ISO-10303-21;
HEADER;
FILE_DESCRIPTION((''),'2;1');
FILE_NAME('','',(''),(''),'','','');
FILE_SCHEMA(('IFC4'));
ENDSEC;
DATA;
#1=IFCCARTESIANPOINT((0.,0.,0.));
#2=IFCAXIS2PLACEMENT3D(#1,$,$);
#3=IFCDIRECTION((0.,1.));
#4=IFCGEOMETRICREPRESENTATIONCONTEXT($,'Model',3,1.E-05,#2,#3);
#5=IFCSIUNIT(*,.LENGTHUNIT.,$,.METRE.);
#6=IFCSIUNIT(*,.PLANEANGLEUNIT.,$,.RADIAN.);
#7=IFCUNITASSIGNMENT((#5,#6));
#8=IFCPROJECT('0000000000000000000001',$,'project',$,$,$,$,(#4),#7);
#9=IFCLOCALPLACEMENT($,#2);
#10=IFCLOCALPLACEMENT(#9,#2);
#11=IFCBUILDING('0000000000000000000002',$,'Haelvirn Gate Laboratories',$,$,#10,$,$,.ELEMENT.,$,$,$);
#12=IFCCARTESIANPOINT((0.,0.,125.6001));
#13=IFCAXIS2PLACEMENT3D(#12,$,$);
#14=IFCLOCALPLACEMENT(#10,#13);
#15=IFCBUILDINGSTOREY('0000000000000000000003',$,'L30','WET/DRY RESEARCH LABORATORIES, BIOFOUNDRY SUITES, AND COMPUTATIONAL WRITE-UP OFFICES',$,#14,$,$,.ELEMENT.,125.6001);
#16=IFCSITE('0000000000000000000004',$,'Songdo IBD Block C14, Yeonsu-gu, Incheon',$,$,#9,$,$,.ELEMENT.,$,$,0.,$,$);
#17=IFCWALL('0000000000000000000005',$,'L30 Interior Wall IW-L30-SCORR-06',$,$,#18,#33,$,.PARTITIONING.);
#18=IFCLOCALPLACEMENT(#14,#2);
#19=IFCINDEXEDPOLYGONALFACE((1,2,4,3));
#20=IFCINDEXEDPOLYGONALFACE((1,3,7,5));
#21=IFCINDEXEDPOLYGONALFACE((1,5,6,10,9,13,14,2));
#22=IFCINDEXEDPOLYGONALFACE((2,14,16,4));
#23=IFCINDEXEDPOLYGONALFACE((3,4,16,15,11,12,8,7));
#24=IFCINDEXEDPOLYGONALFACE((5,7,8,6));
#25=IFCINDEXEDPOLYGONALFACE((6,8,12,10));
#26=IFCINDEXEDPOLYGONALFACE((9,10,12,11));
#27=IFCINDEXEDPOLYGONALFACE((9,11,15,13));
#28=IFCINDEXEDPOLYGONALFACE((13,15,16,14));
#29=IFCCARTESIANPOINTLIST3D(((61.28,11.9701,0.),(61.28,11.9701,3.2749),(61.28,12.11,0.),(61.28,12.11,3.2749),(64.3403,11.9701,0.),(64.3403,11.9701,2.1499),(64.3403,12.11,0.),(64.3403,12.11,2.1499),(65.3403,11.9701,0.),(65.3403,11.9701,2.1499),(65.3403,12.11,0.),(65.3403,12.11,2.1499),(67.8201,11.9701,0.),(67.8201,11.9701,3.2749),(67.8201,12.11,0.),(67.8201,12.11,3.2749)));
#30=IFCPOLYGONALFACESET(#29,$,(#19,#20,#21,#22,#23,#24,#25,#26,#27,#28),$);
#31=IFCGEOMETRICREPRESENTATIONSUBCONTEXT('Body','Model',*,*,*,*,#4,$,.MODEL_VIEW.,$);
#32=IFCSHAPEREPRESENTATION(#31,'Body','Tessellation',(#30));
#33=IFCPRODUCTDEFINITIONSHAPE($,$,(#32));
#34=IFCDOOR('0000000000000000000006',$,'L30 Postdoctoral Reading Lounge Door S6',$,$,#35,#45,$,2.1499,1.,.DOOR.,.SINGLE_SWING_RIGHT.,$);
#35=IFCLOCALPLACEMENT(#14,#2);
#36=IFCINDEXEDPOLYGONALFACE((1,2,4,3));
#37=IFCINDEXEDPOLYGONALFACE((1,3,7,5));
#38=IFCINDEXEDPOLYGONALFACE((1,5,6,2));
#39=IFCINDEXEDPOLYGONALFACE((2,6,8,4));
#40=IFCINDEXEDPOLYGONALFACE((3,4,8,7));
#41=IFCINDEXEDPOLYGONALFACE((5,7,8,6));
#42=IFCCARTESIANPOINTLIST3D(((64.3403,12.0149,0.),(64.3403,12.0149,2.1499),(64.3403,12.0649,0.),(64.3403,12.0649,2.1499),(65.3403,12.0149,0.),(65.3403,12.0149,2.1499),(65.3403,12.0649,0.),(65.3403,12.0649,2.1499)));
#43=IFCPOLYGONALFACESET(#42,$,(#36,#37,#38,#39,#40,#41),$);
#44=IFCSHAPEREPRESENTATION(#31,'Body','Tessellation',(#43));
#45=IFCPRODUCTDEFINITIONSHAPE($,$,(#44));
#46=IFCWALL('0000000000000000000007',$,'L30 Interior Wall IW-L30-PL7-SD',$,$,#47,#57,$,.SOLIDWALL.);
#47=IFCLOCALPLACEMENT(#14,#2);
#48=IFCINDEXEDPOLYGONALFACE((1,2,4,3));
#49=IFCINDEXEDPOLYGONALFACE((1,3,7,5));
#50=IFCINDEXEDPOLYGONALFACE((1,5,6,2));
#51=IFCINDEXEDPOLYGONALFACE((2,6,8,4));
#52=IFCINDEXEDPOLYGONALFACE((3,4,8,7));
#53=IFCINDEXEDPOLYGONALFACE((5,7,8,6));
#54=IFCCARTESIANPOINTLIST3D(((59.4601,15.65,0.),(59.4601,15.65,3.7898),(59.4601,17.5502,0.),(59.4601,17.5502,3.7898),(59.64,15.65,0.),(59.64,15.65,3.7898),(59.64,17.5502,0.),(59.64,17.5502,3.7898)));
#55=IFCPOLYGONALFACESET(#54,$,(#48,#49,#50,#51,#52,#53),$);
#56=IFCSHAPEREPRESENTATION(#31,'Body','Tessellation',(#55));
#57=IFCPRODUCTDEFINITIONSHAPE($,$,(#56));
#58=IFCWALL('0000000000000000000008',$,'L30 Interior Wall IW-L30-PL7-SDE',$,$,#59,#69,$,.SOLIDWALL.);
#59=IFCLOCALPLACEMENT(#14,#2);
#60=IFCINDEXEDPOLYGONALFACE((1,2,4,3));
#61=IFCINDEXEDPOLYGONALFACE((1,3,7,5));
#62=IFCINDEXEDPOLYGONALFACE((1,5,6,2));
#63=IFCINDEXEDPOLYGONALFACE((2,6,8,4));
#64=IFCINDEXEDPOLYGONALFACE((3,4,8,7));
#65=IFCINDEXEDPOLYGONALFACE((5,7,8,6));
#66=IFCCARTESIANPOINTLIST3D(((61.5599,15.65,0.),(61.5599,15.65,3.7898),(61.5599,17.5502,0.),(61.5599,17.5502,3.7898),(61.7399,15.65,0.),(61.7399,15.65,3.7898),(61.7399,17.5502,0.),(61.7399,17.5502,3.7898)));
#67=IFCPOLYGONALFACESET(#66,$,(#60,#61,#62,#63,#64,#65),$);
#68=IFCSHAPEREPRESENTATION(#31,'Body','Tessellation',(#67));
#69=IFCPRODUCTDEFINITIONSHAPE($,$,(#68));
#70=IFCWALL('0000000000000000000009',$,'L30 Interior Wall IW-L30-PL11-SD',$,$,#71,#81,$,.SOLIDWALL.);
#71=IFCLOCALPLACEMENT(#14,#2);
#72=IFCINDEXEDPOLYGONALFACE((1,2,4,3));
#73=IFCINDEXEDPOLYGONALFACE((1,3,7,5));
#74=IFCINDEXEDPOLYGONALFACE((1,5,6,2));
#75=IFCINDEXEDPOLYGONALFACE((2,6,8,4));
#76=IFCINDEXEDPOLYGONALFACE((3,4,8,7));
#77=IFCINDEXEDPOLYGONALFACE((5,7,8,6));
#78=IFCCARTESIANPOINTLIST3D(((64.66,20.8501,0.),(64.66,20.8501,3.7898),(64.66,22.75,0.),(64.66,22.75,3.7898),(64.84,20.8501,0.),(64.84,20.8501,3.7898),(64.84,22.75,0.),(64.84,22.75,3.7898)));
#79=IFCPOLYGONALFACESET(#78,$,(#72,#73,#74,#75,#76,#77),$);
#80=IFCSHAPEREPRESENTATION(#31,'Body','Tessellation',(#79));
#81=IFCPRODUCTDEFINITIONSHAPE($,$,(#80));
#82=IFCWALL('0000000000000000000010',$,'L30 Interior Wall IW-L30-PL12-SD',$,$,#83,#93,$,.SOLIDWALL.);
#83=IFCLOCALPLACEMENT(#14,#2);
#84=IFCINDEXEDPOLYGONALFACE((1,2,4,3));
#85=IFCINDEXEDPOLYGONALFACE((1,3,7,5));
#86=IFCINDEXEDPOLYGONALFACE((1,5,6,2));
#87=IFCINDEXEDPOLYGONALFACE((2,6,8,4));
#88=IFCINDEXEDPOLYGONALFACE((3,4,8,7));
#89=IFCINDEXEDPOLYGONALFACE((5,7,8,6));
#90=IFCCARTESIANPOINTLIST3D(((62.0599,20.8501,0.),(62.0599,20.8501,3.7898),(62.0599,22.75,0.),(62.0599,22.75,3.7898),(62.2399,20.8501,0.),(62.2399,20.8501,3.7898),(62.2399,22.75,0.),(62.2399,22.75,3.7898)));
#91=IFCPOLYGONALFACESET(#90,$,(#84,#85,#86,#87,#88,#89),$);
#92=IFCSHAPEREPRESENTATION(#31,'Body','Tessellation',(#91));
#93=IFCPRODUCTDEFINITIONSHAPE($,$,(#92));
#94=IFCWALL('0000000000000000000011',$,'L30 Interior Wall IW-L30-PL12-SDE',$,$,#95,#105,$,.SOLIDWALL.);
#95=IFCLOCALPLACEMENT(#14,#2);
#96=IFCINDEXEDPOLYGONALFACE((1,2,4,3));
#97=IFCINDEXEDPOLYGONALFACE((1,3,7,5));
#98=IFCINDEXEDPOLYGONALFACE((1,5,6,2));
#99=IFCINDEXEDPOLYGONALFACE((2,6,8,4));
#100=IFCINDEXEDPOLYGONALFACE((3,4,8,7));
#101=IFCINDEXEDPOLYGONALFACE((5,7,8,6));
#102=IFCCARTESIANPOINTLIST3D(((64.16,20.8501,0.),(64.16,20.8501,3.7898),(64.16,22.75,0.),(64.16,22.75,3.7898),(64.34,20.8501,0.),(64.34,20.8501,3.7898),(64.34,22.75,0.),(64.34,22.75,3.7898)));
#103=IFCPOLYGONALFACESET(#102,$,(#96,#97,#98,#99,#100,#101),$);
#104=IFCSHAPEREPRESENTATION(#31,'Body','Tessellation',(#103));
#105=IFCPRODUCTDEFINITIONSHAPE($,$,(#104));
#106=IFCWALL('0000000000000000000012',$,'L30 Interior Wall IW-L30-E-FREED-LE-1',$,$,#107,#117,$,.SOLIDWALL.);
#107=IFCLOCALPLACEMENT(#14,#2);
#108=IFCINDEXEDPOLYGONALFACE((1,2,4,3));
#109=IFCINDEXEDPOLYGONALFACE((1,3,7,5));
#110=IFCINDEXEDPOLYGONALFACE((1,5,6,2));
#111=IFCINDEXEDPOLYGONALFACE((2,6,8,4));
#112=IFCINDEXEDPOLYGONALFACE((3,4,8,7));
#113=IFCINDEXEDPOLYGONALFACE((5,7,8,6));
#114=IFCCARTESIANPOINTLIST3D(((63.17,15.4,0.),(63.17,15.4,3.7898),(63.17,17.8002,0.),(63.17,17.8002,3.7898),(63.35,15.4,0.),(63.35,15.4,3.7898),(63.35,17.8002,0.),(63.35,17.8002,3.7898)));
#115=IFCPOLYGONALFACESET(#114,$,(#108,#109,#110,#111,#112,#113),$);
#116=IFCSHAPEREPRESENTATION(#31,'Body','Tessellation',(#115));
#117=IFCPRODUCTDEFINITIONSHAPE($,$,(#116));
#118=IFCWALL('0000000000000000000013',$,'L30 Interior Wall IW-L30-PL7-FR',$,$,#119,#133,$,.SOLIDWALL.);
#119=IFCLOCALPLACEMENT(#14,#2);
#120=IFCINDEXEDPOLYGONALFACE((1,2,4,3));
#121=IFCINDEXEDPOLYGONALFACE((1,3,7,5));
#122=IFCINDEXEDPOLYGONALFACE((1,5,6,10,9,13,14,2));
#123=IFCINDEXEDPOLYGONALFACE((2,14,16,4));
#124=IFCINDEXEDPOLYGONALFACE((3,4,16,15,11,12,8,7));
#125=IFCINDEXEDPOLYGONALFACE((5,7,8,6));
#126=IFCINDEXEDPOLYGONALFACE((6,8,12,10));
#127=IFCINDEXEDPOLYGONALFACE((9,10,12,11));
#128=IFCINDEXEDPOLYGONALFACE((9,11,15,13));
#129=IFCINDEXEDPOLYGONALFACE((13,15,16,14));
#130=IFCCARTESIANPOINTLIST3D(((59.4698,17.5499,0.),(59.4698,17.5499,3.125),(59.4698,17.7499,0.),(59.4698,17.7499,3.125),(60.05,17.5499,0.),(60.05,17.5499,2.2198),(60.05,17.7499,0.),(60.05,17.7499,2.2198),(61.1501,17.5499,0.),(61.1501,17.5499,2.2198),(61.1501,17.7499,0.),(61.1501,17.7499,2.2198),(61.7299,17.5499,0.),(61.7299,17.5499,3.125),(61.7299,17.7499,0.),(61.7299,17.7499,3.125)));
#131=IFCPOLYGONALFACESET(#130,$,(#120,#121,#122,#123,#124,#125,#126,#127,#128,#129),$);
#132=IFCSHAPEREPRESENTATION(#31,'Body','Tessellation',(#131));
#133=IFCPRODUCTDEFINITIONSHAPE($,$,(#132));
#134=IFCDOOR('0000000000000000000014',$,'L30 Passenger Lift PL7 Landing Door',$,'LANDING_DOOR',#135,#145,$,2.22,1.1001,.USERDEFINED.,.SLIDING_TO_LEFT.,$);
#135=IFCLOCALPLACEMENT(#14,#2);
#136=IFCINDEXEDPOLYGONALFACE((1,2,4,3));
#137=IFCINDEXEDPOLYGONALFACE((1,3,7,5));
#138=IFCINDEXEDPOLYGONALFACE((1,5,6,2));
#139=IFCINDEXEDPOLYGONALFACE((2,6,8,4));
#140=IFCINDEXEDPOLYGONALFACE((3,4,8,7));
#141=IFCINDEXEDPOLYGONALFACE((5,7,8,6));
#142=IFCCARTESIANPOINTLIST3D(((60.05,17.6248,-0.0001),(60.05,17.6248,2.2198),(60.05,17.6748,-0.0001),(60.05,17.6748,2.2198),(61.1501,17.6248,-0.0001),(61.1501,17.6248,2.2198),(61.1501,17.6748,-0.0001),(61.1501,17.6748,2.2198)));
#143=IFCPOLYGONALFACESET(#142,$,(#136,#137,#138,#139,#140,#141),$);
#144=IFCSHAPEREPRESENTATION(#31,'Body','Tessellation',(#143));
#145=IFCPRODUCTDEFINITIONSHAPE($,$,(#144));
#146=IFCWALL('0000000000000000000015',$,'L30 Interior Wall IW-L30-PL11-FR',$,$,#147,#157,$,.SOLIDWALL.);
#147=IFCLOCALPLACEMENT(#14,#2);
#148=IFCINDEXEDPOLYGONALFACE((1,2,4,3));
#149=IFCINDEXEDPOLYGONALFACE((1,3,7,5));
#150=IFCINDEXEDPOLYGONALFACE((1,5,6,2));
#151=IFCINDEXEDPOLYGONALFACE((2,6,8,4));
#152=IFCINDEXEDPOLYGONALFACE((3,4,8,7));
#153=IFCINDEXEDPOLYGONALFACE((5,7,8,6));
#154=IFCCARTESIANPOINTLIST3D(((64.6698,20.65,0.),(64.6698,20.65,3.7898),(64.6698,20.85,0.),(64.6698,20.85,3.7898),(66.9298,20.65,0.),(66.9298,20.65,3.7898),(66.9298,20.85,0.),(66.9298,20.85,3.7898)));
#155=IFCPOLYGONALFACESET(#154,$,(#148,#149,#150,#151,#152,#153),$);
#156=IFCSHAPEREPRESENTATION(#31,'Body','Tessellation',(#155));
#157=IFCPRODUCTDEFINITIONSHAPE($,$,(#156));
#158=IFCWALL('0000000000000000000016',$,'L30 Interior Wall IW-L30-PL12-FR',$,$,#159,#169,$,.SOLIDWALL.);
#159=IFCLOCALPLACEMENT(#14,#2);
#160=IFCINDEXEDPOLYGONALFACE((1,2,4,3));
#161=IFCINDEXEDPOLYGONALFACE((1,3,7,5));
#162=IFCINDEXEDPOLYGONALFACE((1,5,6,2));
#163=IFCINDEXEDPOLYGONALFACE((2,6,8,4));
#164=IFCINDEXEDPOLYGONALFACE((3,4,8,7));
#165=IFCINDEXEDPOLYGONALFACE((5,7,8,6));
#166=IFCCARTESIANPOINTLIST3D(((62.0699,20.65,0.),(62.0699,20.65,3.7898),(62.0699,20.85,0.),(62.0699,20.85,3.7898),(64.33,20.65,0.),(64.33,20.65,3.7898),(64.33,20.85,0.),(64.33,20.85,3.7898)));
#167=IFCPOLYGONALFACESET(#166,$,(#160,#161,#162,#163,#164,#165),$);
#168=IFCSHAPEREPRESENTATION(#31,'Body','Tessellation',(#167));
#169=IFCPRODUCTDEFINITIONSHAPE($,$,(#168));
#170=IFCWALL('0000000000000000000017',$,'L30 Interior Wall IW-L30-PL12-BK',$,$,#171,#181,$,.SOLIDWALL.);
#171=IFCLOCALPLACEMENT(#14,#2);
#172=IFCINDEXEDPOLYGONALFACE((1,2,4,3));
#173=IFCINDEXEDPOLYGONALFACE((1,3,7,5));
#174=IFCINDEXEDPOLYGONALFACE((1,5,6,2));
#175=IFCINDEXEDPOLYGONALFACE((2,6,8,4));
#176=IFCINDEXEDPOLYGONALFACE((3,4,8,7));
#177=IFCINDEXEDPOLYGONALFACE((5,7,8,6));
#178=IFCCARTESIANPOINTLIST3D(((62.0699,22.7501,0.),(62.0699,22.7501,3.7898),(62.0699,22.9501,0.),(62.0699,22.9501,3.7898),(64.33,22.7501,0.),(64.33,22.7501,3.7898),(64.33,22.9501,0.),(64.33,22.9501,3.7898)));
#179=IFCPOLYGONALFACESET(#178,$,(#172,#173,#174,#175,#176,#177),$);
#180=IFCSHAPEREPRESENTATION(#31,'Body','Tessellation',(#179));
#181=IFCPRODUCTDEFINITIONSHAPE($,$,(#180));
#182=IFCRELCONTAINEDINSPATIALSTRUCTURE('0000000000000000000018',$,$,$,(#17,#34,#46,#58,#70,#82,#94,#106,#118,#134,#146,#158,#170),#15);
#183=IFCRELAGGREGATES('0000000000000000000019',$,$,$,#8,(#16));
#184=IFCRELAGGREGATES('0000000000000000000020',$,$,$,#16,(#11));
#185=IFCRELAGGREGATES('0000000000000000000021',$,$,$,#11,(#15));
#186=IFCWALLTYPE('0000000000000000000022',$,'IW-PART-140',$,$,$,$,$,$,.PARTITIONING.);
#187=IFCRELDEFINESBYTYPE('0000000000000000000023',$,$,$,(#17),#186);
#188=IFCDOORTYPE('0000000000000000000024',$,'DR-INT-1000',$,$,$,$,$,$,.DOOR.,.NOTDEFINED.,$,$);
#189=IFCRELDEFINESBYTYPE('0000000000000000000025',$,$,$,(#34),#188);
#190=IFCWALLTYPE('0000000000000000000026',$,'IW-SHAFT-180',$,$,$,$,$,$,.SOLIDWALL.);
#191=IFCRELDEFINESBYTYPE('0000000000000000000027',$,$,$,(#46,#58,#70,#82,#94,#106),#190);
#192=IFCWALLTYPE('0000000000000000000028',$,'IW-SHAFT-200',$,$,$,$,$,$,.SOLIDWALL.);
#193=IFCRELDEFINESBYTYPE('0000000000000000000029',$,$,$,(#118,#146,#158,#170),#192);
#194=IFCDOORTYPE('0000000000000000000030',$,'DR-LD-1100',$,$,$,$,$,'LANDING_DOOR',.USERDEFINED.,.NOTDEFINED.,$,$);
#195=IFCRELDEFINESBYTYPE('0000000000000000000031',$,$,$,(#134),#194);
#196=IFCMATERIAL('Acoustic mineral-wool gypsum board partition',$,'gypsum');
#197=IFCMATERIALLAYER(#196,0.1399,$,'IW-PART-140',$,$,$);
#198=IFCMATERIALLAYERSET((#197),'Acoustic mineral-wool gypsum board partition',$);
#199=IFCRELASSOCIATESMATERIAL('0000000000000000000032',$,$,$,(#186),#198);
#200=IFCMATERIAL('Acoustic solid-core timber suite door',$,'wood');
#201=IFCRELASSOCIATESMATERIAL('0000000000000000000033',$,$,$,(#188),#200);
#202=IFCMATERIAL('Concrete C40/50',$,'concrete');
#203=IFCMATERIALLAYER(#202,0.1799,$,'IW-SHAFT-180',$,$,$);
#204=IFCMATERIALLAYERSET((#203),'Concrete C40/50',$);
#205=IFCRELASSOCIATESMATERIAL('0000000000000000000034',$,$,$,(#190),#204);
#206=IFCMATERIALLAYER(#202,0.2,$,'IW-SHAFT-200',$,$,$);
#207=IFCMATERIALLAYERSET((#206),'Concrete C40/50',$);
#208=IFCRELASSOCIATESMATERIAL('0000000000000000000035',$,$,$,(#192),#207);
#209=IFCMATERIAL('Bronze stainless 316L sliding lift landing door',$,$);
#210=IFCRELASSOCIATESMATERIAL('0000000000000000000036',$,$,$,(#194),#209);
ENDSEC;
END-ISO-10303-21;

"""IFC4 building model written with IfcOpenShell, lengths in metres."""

from ifc_helpers import new_model, si_unit, direction, frame, frame_2d, origin, place, context, subcontext, project, spatial, rectangle, extrude, source, transform, mapped, material, layer, layer_set, type_object, type_shapes, element, fill, save


model = new_model("IFC4")

# Units and contexts
model_context = context("Model", 3, precision=1e-05, world=origin(), true_north=direction((0.0, 1.0)))
body_context = subcontext(model_context, "Body", "Model", "MODEL_VIEW")
ifc_project = project(units=[si_unit("LENGTHUNIT", "METRE"), si_unit("PLANEANGLEUNIT", "RADIAN")], contexts=[model_context])

# Site, building, storey
site_placement = place(None, origin())
site = spatial("IfcSite", under=ifc_project, at=site_placement, Name="Songdo IBD Block C14, Yeonsu-gu, Incheon", CompositionType="ELEMENT", RefElevation=0.0)
building_placement = place(site_placement, origin())
building = spatial("IfcBuilding", under=site, at=building_placement, Name="Haelvirn Gate Laboratories", CompositionType="ELEMENT")
storey_placement = place(building_placement, frame((0.0, 0.0, 125.6001)))
storey = spatial("IfcBuildingStorey", under=building, at=storey_placement, Name="L30", Description="WET/DRY RESEARCH LABORATORIES, BIOFOUNDRY SUITES, AND COMPUTATIONAL WRITE-UP OFFICES", CompositionType="ELEMENT", Elevation=125.6001)

# Wall, opening, door
ifc_material_1 = material(Name="Acoustic mineral-wool gypsum board partition", Category="gypsum")
ifc_layer_1 = layer(ifc_material_1, 0.1399, Name="IW-PART-140")
ifc_layer_set_1 = layer_set([ifc_layer_1], Name="Acoustic mineral-wool gypsum board partition")
wall_type_1 = type_object("IfcWallType", Name="IW-PART-140", PredefinedType="PARTITIONING", material=ifc_layer_set_1)
wall_1_placement = place(storey_placement, frame((61.28, 12.04, 0.0), z_axis=(0.0, 0.0, 1.0), x_axis=(1.0, 0.0, 0.0)))
wall_1 = element("IfcWall", 1, at=wall_1_placement, inside=storey, type_object=wall_type_1, Name="L30 Interior Wall IW-L30-SCORR-06", PredefinedType="PARTITIONING", context=body_context, shape_type="SweptSolid", body=[
    extrude(rectangle(XDim=6.54, YDim=0.1399, at=frame_2d((3.27, 0.0))), origin(), (0.0, 0.0, 1.0), 3.2749),
])
opening_1_placement = place(wall_1_placement, frame((3.0603, 0.0, 0.0)))
opening_1 = element("IfcOpeningElement", 2, at=opening_1_placement, cuts=wall_1, PredefinedType="OPENING", context=body_context, shape_type="SweptSolid", body=[
    extrude(rectangle(XDim=1.0, YDim=2.1499, at=frame_2d((0.5, 1.075))), frame((0.0, 0.0801, 0.0), z_axis=(0.0, -1.0, 0.0), x_axis=(1.0, 0.0, 0.0)), (0.0, 0.0, 1.0), 0.1599),
])
ifc_material_2 = material(Name="Acoustic solid-core timber suite door", Category="wood")
door_type_1 = type_object("IfcDoorType", Name="DR-INT-1000", OperationType="NOTDEFINED", PredefinedType="DOOR", material=ifc_material_2)
shared_shape_1 = source(origin(), body_context, "Body", "SweptSolid", [
    extrude(rectangle(XDim=1.0, YDim=2.1499, at=frame_2d((0.5, 1.075))), frame((0.0, 0.0249, 0.0), z_axis=(0.0, -1.0, 0.0), x_axis=(1.0, 0.0, 0.0)), (0.0, 0.0, 1.0), 0.05),
])
type_shapes(door_type_1, [shared_shape_1])
door_1_placement = place(opening_1_placement, origin())
door_1 = element("IfcDoor", 3, at=door_1_placement, inside=storey, type_object=door_type_1, Name="L30 Postdoctoral Reading Lounge Door S6", OperationType="SINGLE_SWING_RIGHT", OverallHeight=2.1499, OverallWidth=1.0, PredefinedType="DOOR", context=body_context, shape_type="MappedRepresentation", body=[
    mapped(shared_shape_1, transform((0.0, 0.0, 0.0), scale=1.0)),
])
fill(opening_1, door_1)

# Walls
ifc_material_3 = material(Name="Concrete C40/50", Category="concrete")
ifc_layer_2 = layer(ifc_material_3, 0.1799, Name="IW-SHAFT-180")
ifc_layer_set_2 = layer_set([ifc_layer_2], Name="Concrete C40/50")
wall_type_2 = type_object("IfcWallType", Name="IW-SHAFT-180", PredefinedType="SOLIDWALL", material=ifc_layer_set_2)
for number, where, z_axis, x_axis, name in (
    (4, (59.55, 15.6499, 0.0), (0.0, 0.0, 1.0), (0.0, 1.0, 0.0), "L30 Interior Wall IW-L30-PL7-SD"),
    (5, (61.6499, 15.6499, 0.0), (0.0, 0.0, 1.0), (0.0, 1.0, 0.0), "L30 Interior Wall IW-L30-PL7-SDE"),
):
    element("IfcWall", number, at=place(storey_placement, frame(where, z_axis=z_axis, x_axis=x_axis)), inside=storey, type_object=wall_type_2, Name=name, PredefinedType="SOLIDWALL", context=body_context, shape_type="SweptSolid", body=[
        extrude(rectangle(XDim=1.9001, YDim=0.1799, at=frame_2d((0.9502, 0.0))), origin(), (0.0, 0.0, 1.0), 3.7898),
    ])
for number, where, z_axis, x_axis, name in (
    (6, (64.75, 20.8501, 0.0), (0.0, 0.0, 1.0), (0.0, 1.0, 0.0), "L30 Interior Wall IW-L30-PL11-SD"),
    (7, (62.1499, 20.8501, 0.0), (0.0, 0.0, 1.0), (0.0, 1.0, 0.0), "L30 Interior Wall IW-L30-PL12-SD"),
    (8, (64.25, 20.8501, 0.0), (0.0, 0.0, 1.0), (0.0, 1.0, 0.0), "L30 Interior Wall IW-L30-PL12-SDE"),
):
    element("IfcWall", number, at=place(storey_placement, frame(where, z_axis=z_axis, x_axis=x_axis)), inside=storey, type_object=wall_type_2, Name=name, PredefinedType="SOLIDWALL", context=body_context, shape_type="SweptSolid", body=[
        extrude(rectangle(XDim=1.8999, YDim=0.1799, at=frame_2d((0.95, 0.0))), origin(), (0.0, 0.0, 1.0), 3.7898),
    ])

# Wall
wall_2_placement = place(storey_placement, frame((63.26, 15.3999, 0.0), z_axis=(0.0, 0.0, 1.0), x_axis=(0.0, 1.0, 0.0)))
element("IfcWall", 9, at=wall_2_placement, inside=storey, type_object=wall_type_2, Name="L30 Interior Wall IW-L30-E-FREED-LE-1", PredefinedType="SOLIDWALL", context=body_context, shape_type="SweptSolid", body=[
    extrude(rectangle(XDim=2.4001, YDim=0.1799, at=frame_2d((1.2002, 0.0))), origin(), (0.0, 0.0, 1.0), 3.7898),
])

# Wall, opening, door
ifc_layer_3 = layer(ifc_material_3, 0.2, Name="IW-SHAFT-200")
ifc_layer_set_3 = layer_set([ifc_layer_3], Name="Concrete C40/50")
wall_type_3 = type_object("IfcWallType", Name="IW-SHAFT-200", PredefinedType="SOLIDWALL", material=ifc_layer_set_3)
wall_3_placement = place(storey_placement, frame((59.47, 17.6499, 0.0), z_axis=(0.0, 0.0, 1.0), x_axis=(1.0, 0.0, 0.0)))
wall_3 = element("IfcWall", 10, at=wall_3_placement, inside=storey, type_object=wall_type_3, Name="L30 Interior Wall IW-L30-PL7-FR", PredefinedType="SOLIDWALL", context=body_context, shape_type="SweptSolid", body=[
    extrude(rectangle(XDim=2.26, YDim=0.2, at=frame_2d((1.1299, 0.0))), origin(), (0.0, 0.0, 1.0), 3.125),
])
opening_2_placement = place(wall_3_placement, frame((0.5801, 0.0, 0.0)))
opening_2 = element("IfcOpeningElement", 11, at=opening_2_placement, cuts=wall_3, PredefinedType="OPENING", context=body_context, shape_type="SweptSolid", body=[
    extrude(rectangle(XDim=1.1001, YDim=2.22, at=frame_2d((0.55, 1.1099))), frame((0.0, 0.1099, 0.0), z_axis=(0.0, -1.0, 0.0), x_axis=(1.0, 0.0, 0.0)), (0.0, 0.0, 1.0), 0.22),
])
ifc_material_4 = material(Name="Bronze stainless 316L sliding lift landing door")
door_type_2 = type_object("IfcDoorType", Name="DR-LD-1100", ElementType="LANDING_DOOR", OperationType="NOTDEFINED", PredefinedType="USERDEFINED", material=ifc_material_4)
shared_shape_2 = source(origin(), body_context, "Body", "SweptSolid", [
    extrude(rectangle(XDim=1.1001, YDim=2.22, at=frame_2d((0.55, 1.1099))), frame((0.0, 0.0249, 0.0), z_axis=(0.0, -1.0, 0.0), x_axis=(1.0, 0.0, 0.0)), (0.0, 0.0, 1.0), 0.05),
])
type_shapes(door_type_2, [shared_shape_2])
door_2_placement = place(opening_2_placement, origin())
door_2 = element("IfcDoor", 12, at=door_2_placement, inside=storey, type_object=door_type_2, Name="L30 Passenger Lift PL7 Landing Door", ObjectType="LANDING_DOOR", OperationType="SLIDING_TO_LEFT", OverallHeight=2.22, OverallWidth=1.1001, PredefinedType="USERDEFINED", context=body_context, shape_type="MappedRepresentation", body=[
    mapped(shared_shape_2, transform((0.0, 0.0, 0.0), scale=1.0)),
])
fill(opening_2, door_2)

# Walls
for number, where, z_axis, x_axis, name in (
    (13, (64.6699, 20.75, 0.0), (0.0, 0.0, 1.0), (1.0, 0.0, 0.0), "L30 Interior Wall IW-L30-PL11-FR"),
    (14, (62.0701, 20.75, 0.0), (0.0, 0.0, 1.0), (1.0, 0.0, 0.0), "L30 Interior Wall IW-L30-PL12-FR"),
    (15, (62.0701, 22.8501, 0.0), (0.0, 0.0, 1.0), (1.0, 0.0, 0.0), "L30 Interior Wall IW-L30-PL12-BK"),
):
    element("IfcWall", number, at=place(storey_placement, frame(where, z_axis=z_axis, x_axis=x_axis)), inside=storey, type_object=wall_type_3, Name=name, PredefinedType="SOLIDWALL", context=body_context, shape_type="SweptSolid", body=[
        extrude(rectangle(XDim=2.26, YDim=0.2, at=frame_2d((1.1299, 0.0))), origin(), (0.0, 0.0, 1.0), 3.7898),
    ])

save(model, "model.ifc")
